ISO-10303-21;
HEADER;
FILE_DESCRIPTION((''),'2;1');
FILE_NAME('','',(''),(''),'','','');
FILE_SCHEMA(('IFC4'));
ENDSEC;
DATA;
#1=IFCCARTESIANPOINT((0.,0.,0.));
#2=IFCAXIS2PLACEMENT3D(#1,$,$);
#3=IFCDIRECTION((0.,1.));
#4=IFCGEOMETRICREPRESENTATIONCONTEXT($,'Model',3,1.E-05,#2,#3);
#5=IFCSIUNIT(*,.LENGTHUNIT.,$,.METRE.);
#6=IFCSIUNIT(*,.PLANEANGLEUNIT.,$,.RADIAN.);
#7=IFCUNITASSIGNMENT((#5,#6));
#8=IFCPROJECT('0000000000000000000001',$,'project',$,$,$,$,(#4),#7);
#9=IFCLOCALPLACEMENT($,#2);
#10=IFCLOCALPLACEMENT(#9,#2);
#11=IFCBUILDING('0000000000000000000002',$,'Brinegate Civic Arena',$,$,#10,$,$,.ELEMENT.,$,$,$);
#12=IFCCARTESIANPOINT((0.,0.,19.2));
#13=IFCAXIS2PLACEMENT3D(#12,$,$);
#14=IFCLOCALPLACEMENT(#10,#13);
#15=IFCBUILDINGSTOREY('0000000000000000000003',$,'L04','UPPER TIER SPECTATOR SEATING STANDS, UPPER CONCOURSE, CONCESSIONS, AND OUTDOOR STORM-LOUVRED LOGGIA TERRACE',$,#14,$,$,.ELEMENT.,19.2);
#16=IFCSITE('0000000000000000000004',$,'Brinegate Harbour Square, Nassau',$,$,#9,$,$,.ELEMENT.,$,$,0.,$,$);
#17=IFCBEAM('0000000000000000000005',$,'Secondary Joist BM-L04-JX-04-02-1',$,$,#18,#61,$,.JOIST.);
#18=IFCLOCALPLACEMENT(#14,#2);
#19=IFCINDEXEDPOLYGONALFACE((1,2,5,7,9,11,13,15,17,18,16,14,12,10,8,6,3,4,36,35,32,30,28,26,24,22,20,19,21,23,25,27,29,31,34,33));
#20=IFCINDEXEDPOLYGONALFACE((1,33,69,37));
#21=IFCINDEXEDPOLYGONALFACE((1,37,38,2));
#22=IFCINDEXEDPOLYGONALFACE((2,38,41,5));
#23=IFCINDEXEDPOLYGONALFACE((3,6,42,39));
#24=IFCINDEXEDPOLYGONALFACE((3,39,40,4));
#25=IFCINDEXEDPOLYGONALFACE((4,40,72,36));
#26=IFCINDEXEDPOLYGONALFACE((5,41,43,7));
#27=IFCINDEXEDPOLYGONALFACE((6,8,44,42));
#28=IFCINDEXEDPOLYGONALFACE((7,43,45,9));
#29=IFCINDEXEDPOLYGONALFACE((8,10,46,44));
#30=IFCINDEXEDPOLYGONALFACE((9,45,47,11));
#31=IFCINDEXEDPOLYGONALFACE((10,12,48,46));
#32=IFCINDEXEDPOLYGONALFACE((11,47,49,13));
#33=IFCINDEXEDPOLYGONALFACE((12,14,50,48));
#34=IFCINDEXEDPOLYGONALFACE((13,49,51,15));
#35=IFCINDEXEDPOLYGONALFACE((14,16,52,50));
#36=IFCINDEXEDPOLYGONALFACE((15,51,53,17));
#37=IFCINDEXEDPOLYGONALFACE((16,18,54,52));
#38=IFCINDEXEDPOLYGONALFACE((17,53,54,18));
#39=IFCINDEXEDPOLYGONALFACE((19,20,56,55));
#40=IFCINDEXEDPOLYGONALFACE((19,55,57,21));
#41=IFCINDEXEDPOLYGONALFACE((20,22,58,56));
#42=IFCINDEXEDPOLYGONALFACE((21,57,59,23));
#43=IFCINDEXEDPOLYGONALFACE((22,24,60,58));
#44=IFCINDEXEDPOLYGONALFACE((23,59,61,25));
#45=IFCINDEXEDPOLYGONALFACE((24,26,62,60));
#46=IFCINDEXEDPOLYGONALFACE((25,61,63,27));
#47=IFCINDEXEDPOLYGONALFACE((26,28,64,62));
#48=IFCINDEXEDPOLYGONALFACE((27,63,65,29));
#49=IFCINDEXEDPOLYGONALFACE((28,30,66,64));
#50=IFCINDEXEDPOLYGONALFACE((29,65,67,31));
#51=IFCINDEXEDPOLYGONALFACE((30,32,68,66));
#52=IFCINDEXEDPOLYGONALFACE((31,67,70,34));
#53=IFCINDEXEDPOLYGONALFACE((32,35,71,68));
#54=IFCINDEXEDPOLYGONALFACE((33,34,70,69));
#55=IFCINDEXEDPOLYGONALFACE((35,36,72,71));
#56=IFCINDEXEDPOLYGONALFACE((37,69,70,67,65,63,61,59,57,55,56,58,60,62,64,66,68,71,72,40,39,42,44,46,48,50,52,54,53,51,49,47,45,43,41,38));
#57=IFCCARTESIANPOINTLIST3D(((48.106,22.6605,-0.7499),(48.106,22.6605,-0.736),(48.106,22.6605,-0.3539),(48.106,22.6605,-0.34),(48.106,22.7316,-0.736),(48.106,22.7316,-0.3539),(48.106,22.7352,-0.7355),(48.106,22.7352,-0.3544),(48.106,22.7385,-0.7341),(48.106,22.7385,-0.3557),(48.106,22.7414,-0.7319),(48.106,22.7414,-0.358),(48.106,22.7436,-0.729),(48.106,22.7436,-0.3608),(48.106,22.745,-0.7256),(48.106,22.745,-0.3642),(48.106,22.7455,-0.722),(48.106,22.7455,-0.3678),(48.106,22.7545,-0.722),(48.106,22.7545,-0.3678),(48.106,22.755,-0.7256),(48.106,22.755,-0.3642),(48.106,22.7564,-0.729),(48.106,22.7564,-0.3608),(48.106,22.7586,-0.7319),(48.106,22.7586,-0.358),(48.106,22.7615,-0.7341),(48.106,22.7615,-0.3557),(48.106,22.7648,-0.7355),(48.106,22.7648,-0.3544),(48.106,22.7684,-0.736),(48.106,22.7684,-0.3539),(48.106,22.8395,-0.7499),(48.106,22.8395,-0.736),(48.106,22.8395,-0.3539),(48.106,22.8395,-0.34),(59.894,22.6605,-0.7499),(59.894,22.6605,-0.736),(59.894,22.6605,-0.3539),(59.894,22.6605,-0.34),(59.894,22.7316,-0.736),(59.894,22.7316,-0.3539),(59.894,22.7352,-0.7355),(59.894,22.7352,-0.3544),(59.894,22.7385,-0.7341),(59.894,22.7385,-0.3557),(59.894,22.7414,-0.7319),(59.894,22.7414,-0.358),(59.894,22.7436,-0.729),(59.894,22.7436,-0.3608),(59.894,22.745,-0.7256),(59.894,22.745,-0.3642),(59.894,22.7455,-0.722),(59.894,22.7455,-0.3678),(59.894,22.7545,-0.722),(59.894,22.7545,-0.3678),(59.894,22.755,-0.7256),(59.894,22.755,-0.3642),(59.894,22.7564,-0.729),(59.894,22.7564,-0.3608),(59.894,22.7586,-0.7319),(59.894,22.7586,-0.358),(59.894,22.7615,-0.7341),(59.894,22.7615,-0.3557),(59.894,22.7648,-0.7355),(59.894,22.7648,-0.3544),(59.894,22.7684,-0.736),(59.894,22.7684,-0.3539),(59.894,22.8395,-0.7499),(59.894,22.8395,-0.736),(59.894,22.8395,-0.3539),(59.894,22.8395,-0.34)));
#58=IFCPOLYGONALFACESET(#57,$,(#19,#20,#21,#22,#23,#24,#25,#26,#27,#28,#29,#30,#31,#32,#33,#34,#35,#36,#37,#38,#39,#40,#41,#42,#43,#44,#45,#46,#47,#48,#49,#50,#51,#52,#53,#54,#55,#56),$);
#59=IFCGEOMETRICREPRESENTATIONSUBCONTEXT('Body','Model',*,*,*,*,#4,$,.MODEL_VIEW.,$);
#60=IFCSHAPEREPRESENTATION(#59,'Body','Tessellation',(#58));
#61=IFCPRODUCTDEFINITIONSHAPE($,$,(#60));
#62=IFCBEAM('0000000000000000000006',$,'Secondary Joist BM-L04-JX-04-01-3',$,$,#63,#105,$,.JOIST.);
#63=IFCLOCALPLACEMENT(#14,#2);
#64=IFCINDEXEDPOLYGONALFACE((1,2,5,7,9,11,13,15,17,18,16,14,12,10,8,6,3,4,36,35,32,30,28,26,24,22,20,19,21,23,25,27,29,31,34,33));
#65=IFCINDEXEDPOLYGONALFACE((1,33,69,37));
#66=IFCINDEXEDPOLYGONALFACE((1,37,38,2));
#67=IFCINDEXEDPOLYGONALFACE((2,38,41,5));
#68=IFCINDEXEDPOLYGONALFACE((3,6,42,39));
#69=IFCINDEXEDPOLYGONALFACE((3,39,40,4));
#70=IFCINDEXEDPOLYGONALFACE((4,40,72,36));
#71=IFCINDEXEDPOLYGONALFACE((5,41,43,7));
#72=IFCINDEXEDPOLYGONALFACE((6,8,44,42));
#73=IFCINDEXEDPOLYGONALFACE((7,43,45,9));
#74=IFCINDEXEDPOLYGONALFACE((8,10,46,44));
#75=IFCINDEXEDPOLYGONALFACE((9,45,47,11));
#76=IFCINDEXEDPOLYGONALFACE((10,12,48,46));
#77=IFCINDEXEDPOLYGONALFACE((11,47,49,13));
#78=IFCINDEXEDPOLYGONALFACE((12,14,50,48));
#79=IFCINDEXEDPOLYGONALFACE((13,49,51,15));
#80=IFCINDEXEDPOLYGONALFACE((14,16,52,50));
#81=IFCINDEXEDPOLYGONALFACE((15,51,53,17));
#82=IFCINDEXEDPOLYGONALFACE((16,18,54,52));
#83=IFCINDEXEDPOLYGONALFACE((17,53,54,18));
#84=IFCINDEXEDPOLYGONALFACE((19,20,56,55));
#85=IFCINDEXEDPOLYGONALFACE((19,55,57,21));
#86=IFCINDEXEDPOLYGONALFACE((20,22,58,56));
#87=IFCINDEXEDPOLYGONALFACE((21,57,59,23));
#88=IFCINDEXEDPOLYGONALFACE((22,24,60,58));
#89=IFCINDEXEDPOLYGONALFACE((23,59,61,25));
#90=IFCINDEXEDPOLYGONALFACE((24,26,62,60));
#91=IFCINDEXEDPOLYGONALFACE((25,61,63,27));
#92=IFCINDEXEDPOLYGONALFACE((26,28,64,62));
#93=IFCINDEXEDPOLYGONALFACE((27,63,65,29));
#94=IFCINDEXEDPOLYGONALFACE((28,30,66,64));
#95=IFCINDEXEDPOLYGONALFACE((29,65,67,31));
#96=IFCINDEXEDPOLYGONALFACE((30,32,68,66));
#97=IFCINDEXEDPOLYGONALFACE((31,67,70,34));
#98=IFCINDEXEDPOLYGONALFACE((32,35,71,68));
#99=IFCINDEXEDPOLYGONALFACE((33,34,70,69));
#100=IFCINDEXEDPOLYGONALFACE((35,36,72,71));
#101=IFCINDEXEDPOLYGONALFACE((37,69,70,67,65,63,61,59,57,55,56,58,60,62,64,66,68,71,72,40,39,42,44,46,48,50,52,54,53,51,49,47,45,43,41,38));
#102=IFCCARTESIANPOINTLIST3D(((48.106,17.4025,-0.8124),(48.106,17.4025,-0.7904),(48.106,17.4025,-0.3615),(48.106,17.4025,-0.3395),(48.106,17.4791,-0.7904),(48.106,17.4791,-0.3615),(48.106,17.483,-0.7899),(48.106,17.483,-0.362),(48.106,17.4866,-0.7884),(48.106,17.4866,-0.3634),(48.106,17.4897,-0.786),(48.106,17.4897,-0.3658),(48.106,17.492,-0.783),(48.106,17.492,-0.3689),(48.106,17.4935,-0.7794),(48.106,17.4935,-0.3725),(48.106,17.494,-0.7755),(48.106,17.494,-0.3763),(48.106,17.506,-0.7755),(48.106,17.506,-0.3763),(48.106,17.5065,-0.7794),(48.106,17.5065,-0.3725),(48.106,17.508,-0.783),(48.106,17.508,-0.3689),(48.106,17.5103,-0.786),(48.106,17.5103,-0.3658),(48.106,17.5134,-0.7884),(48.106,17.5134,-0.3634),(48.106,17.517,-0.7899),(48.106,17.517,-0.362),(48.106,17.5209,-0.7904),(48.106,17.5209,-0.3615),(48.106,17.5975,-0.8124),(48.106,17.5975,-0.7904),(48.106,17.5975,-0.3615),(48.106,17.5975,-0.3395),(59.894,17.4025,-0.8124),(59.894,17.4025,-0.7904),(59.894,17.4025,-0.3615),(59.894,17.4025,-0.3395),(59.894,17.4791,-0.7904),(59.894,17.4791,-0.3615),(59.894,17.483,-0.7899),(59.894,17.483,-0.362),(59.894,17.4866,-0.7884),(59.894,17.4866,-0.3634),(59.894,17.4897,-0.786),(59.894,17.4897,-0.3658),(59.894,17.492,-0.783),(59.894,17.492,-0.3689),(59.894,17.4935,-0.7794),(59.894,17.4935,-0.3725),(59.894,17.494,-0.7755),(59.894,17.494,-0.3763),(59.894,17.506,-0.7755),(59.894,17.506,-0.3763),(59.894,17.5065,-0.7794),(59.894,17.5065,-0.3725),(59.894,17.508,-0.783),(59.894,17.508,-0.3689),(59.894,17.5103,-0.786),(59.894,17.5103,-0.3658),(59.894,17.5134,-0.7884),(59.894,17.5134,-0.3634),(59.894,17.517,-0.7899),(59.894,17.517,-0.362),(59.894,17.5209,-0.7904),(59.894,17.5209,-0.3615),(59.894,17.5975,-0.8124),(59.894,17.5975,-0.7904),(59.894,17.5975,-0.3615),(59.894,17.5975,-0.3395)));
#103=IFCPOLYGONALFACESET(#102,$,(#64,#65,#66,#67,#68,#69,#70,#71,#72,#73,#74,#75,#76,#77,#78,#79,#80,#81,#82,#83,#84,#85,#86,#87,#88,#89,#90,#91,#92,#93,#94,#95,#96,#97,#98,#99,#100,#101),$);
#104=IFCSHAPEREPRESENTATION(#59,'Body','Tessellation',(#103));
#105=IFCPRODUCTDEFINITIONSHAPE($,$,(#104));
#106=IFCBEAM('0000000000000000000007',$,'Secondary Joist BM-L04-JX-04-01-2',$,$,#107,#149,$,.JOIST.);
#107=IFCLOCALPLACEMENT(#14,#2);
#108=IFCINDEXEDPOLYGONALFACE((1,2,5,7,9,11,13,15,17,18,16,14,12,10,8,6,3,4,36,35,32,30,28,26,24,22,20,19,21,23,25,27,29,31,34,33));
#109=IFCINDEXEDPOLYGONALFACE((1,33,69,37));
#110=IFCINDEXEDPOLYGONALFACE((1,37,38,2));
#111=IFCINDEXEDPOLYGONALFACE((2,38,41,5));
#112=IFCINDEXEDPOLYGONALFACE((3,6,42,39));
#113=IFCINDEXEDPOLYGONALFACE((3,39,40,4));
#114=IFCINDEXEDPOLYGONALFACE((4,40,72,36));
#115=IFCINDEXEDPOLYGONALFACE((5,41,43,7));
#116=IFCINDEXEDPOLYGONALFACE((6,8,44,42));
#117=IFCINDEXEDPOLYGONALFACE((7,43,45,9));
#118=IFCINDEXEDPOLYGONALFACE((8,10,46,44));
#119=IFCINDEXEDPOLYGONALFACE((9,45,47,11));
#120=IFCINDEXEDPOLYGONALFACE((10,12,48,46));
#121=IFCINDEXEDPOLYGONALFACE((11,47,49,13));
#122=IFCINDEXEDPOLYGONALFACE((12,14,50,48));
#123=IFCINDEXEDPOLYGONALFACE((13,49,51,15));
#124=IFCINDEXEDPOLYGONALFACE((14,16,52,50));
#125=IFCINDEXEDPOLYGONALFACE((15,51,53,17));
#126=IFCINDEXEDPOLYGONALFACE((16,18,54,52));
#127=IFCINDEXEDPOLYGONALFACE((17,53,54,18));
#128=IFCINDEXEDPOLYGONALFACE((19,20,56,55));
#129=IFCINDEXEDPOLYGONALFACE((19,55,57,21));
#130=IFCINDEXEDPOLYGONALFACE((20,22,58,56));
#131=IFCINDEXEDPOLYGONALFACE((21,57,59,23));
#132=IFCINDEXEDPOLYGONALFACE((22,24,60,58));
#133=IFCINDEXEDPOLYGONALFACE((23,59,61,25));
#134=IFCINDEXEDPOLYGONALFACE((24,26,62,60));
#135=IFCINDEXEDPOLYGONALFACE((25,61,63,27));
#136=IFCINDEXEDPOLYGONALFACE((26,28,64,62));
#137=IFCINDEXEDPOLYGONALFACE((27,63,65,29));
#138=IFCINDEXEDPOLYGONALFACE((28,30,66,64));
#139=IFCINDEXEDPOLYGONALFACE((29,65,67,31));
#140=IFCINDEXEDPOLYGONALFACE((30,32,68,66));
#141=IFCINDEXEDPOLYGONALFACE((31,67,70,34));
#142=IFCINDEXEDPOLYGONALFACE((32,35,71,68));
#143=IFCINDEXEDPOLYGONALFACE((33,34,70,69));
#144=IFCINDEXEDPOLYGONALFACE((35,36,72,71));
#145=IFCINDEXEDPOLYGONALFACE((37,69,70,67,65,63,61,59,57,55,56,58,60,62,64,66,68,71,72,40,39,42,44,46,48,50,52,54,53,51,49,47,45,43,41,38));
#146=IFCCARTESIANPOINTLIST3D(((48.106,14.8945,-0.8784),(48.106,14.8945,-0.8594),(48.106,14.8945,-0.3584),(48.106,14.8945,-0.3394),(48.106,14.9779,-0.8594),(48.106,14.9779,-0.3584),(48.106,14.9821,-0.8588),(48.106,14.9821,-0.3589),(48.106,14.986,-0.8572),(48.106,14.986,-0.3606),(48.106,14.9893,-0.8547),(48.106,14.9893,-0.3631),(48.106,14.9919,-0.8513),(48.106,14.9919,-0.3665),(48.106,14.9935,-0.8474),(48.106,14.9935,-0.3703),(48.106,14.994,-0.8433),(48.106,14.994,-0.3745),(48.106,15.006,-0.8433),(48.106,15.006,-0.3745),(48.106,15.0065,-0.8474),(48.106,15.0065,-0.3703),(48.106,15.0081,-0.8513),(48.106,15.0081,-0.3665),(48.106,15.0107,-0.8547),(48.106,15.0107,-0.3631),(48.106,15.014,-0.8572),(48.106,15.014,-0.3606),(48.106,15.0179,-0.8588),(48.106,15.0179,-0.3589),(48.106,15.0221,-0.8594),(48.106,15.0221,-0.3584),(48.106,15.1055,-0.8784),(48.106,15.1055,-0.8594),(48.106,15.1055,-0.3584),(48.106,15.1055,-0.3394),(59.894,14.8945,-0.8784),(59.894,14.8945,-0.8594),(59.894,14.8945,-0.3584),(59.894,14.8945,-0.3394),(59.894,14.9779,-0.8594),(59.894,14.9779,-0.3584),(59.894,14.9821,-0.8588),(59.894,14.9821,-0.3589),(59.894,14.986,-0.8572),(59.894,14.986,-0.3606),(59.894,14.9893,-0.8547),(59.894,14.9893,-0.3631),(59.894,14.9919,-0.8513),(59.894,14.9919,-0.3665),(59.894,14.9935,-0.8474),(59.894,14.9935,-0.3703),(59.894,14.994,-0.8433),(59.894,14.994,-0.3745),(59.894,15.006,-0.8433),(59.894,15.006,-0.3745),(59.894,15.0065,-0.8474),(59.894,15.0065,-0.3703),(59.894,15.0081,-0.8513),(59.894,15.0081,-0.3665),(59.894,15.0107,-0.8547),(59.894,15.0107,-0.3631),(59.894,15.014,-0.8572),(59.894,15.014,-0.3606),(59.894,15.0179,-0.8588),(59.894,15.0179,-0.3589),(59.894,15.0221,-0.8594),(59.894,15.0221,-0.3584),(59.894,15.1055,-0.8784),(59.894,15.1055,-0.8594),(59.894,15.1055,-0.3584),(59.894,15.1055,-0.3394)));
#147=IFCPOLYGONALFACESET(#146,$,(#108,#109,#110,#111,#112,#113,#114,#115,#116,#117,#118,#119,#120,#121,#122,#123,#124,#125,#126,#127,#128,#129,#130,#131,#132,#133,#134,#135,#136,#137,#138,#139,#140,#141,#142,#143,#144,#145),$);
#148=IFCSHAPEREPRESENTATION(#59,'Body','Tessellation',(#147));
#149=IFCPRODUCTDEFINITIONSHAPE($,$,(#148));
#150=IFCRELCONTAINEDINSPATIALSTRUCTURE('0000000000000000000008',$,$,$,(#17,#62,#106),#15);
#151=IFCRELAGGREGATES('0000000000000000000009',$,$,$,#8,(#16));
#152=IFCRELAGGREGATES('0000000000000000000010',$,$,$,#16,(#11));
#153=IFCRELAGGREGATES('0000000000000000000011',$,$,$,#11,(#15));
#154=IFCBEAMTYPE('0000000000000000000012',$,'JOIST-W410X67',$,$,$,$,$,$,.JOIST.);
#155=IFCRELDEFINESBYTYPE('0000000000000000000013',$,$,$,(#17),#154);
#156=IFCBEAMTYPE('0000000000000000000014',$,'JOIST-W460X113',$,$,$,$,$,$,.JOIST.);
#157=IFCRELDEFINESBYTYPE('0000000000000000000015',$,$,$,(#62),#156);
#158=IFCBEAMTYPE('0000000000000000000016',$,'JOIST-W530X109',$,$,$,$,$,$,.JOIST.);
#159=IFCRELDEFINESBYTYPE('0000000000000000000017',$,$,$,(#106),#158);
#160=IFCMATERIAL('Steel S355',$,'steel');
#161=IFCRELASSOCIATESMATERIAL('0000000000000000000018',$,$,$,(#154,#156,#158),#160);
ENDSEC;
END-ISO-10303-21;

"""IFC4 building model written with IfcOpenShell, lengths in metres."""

from ifc_helpers import new_model, si_unit, direction, frame, origin, origin_2d, place, context, subcontext, project, spatial, i_section, extrude, material, material_profile, profile_set, type_object, element, save


model = new_model("IFC4")

# Units and contexts
model_context = context("Model", 3, precision=1e-05, world=origin(), true_north=direction((0.0, 1.0)))
body_context = subcontext(model_context, "Body", "Model", "MODEL_VIEW")
ifc_project = project(units=[si_unit("LENGTHUNIT", "METRE"), si_unit("PLANEANGLEUNIT", "RADIAN")], contexts=[model_context])

# Site, building, storey
site_placement = place(None, origin())
site = spatial("IfcSite", under=ifc_project, at=site_placement, Name="Brinegate Harbour Square, Nassau", CompositionType="ELEMENT", RefElevation=0.0)
building_placement = place(site_placement, origin())
building = spatial("IfcBuilding", under=site, at=building_placement, Name="Brinegate Civic Arena", CompositionType="ELEMENT")
storey_placement = place(building_placement, frame((0.0, 0.0, 19.2)))
storey = spatial("IfcBuildingStorey", under=building, at=storey_placement, Name="L04", Description="UPPER TIER SPECTATOR SEATING STANDS, UPPER CONCOURSE, CONCESSIONS, AND OUTDOOR STORM-LOUVRED LOGGIA TERRACE", CompositionType="ELEMENT", Elevation=19.2)

# Beams
ifc_material_1 = material(Name="Steel S355", Category="steel")
ifc_material_profile_1 = material_profile(ifc_material_1, i_section(OverallWidth=0.179, OverallDepth=0.4099, WebThickness=0.009, FlangeThickness=0.0139, FilletRadius=0.0139, at=origin_2d()), Name="W410X67")
ifc_profile_set_1 = profile_set([ifc_material_profile_1], Name="Steel S355")
beam_type_1 = type_object("IfcBeamType", Name="JOIST-W410X67", PredefinedType="JOIST", material=ifc_profile_set_1)
beam_1_placement = place(storey_placement, frame((48.106, 22.75, -0.5449), z_axis=(1.0, 0.0, 0.0), x_axis=(0.0, 1.0, 0.0)))
element("IfcBeam", 1, at=beam_1_placement, inside=storey, type_object=beam_type_1, Name="Secondary Joist BM-L04-JX-04-02-1", PredefinedType="JOIST", context=body_context, shape_type="SweptSolid", body=[
    extrude(i_section(OverallWidth=0.179, OverallDepth=0.4099, WebThickness=0.009, FlangeThickness=0.0139, FilletRadius=0.0139, at=origin_2d()), origin(), (0.0, 0.0, 1.0), 11.7881),
])
ifc_material_profile_2 = material_profile(ifc_material_1, i_section(OverallWidth=0.1951, OverallDepth=0.4729, WebThickness=0.012, FlangeThickness=0.022, FilletRadius=0.0149, at=origin_2d()), Name="W460X113")
ifc_profile_set_2 = profile_set([ifc_material_profile_2], Name="Steel S355")
beam_type_2 = type_object("IfcBeamType", Name="JOIST-W460X113", PredefinedType="JOIST", material=ifc_profile_set_2)
beam_2_placement = place(storey_placement, frame((48.106, 17.5, -0.5759), z_axis=(1.0, 0.0, 0.0), x_axis=(0.0, 1.0, 0.0)))
element("IfcBeam", 2, at=beam_2_placement, inside=storey, type_object=beam_type_2, Name="Secondary Joist BM-L04-JX-04-01-3", PredefinedType="JOIST", context=body_context, shape_type="SweptSolid", body=[
    extrude(i_section(OverallWidth=0.1951, OverallDepth=0.4729, WebThickness=0.012, FlangeThickness=0.022, FilletRadius=0.0149, at=origin_2d()), origin(), (0.0, 0.0, 1.0), 11.7881),
])
ifc_material_profile_3 = material_profile(ifc_material_1, i_section(OverallWidth=0.2109, OverallDepth=0.5391, WebThickness=0.012, FlangeThickness=0.019, FilletRadius=0.0161, at=origin_2d()), Name="W530X109")
ifc_profile_set_3 = profile_set([ifc_material_profile_3], Name="Steel S355")
beam_type_3 = type_object("IfcBeamType", Name="JOIST-W530X109", PredefinedType="JOIST", material=ifc_profile_set_3)
beam_3_placement = place(storey_placement, frame((48.106, 15.0, -0.6089), z_axis=(1.0, 0.0, 0.0), x_axis=(0.0, 1.0, 0.0)))
element("IfcBeam", 3, at=beam_3_placement, inside=storey, type_object=beam_type_3, Name="Secondary Joist BM-L04-JX-04-01-2", PredefinedType="JOIST", context=body_context, shape_type="SweptSolid", body=[
    extrude(i_section(OverallWidth=0.2109, OverallDepth=0.5391, WebThickness=0.012, FlangeThickness=0.019, FilletRadius=0.0161, at=origin_2d()), origin(), (0.0, 0.0, 1.0), 11.7881),
])

save(model, "model.ifc")
